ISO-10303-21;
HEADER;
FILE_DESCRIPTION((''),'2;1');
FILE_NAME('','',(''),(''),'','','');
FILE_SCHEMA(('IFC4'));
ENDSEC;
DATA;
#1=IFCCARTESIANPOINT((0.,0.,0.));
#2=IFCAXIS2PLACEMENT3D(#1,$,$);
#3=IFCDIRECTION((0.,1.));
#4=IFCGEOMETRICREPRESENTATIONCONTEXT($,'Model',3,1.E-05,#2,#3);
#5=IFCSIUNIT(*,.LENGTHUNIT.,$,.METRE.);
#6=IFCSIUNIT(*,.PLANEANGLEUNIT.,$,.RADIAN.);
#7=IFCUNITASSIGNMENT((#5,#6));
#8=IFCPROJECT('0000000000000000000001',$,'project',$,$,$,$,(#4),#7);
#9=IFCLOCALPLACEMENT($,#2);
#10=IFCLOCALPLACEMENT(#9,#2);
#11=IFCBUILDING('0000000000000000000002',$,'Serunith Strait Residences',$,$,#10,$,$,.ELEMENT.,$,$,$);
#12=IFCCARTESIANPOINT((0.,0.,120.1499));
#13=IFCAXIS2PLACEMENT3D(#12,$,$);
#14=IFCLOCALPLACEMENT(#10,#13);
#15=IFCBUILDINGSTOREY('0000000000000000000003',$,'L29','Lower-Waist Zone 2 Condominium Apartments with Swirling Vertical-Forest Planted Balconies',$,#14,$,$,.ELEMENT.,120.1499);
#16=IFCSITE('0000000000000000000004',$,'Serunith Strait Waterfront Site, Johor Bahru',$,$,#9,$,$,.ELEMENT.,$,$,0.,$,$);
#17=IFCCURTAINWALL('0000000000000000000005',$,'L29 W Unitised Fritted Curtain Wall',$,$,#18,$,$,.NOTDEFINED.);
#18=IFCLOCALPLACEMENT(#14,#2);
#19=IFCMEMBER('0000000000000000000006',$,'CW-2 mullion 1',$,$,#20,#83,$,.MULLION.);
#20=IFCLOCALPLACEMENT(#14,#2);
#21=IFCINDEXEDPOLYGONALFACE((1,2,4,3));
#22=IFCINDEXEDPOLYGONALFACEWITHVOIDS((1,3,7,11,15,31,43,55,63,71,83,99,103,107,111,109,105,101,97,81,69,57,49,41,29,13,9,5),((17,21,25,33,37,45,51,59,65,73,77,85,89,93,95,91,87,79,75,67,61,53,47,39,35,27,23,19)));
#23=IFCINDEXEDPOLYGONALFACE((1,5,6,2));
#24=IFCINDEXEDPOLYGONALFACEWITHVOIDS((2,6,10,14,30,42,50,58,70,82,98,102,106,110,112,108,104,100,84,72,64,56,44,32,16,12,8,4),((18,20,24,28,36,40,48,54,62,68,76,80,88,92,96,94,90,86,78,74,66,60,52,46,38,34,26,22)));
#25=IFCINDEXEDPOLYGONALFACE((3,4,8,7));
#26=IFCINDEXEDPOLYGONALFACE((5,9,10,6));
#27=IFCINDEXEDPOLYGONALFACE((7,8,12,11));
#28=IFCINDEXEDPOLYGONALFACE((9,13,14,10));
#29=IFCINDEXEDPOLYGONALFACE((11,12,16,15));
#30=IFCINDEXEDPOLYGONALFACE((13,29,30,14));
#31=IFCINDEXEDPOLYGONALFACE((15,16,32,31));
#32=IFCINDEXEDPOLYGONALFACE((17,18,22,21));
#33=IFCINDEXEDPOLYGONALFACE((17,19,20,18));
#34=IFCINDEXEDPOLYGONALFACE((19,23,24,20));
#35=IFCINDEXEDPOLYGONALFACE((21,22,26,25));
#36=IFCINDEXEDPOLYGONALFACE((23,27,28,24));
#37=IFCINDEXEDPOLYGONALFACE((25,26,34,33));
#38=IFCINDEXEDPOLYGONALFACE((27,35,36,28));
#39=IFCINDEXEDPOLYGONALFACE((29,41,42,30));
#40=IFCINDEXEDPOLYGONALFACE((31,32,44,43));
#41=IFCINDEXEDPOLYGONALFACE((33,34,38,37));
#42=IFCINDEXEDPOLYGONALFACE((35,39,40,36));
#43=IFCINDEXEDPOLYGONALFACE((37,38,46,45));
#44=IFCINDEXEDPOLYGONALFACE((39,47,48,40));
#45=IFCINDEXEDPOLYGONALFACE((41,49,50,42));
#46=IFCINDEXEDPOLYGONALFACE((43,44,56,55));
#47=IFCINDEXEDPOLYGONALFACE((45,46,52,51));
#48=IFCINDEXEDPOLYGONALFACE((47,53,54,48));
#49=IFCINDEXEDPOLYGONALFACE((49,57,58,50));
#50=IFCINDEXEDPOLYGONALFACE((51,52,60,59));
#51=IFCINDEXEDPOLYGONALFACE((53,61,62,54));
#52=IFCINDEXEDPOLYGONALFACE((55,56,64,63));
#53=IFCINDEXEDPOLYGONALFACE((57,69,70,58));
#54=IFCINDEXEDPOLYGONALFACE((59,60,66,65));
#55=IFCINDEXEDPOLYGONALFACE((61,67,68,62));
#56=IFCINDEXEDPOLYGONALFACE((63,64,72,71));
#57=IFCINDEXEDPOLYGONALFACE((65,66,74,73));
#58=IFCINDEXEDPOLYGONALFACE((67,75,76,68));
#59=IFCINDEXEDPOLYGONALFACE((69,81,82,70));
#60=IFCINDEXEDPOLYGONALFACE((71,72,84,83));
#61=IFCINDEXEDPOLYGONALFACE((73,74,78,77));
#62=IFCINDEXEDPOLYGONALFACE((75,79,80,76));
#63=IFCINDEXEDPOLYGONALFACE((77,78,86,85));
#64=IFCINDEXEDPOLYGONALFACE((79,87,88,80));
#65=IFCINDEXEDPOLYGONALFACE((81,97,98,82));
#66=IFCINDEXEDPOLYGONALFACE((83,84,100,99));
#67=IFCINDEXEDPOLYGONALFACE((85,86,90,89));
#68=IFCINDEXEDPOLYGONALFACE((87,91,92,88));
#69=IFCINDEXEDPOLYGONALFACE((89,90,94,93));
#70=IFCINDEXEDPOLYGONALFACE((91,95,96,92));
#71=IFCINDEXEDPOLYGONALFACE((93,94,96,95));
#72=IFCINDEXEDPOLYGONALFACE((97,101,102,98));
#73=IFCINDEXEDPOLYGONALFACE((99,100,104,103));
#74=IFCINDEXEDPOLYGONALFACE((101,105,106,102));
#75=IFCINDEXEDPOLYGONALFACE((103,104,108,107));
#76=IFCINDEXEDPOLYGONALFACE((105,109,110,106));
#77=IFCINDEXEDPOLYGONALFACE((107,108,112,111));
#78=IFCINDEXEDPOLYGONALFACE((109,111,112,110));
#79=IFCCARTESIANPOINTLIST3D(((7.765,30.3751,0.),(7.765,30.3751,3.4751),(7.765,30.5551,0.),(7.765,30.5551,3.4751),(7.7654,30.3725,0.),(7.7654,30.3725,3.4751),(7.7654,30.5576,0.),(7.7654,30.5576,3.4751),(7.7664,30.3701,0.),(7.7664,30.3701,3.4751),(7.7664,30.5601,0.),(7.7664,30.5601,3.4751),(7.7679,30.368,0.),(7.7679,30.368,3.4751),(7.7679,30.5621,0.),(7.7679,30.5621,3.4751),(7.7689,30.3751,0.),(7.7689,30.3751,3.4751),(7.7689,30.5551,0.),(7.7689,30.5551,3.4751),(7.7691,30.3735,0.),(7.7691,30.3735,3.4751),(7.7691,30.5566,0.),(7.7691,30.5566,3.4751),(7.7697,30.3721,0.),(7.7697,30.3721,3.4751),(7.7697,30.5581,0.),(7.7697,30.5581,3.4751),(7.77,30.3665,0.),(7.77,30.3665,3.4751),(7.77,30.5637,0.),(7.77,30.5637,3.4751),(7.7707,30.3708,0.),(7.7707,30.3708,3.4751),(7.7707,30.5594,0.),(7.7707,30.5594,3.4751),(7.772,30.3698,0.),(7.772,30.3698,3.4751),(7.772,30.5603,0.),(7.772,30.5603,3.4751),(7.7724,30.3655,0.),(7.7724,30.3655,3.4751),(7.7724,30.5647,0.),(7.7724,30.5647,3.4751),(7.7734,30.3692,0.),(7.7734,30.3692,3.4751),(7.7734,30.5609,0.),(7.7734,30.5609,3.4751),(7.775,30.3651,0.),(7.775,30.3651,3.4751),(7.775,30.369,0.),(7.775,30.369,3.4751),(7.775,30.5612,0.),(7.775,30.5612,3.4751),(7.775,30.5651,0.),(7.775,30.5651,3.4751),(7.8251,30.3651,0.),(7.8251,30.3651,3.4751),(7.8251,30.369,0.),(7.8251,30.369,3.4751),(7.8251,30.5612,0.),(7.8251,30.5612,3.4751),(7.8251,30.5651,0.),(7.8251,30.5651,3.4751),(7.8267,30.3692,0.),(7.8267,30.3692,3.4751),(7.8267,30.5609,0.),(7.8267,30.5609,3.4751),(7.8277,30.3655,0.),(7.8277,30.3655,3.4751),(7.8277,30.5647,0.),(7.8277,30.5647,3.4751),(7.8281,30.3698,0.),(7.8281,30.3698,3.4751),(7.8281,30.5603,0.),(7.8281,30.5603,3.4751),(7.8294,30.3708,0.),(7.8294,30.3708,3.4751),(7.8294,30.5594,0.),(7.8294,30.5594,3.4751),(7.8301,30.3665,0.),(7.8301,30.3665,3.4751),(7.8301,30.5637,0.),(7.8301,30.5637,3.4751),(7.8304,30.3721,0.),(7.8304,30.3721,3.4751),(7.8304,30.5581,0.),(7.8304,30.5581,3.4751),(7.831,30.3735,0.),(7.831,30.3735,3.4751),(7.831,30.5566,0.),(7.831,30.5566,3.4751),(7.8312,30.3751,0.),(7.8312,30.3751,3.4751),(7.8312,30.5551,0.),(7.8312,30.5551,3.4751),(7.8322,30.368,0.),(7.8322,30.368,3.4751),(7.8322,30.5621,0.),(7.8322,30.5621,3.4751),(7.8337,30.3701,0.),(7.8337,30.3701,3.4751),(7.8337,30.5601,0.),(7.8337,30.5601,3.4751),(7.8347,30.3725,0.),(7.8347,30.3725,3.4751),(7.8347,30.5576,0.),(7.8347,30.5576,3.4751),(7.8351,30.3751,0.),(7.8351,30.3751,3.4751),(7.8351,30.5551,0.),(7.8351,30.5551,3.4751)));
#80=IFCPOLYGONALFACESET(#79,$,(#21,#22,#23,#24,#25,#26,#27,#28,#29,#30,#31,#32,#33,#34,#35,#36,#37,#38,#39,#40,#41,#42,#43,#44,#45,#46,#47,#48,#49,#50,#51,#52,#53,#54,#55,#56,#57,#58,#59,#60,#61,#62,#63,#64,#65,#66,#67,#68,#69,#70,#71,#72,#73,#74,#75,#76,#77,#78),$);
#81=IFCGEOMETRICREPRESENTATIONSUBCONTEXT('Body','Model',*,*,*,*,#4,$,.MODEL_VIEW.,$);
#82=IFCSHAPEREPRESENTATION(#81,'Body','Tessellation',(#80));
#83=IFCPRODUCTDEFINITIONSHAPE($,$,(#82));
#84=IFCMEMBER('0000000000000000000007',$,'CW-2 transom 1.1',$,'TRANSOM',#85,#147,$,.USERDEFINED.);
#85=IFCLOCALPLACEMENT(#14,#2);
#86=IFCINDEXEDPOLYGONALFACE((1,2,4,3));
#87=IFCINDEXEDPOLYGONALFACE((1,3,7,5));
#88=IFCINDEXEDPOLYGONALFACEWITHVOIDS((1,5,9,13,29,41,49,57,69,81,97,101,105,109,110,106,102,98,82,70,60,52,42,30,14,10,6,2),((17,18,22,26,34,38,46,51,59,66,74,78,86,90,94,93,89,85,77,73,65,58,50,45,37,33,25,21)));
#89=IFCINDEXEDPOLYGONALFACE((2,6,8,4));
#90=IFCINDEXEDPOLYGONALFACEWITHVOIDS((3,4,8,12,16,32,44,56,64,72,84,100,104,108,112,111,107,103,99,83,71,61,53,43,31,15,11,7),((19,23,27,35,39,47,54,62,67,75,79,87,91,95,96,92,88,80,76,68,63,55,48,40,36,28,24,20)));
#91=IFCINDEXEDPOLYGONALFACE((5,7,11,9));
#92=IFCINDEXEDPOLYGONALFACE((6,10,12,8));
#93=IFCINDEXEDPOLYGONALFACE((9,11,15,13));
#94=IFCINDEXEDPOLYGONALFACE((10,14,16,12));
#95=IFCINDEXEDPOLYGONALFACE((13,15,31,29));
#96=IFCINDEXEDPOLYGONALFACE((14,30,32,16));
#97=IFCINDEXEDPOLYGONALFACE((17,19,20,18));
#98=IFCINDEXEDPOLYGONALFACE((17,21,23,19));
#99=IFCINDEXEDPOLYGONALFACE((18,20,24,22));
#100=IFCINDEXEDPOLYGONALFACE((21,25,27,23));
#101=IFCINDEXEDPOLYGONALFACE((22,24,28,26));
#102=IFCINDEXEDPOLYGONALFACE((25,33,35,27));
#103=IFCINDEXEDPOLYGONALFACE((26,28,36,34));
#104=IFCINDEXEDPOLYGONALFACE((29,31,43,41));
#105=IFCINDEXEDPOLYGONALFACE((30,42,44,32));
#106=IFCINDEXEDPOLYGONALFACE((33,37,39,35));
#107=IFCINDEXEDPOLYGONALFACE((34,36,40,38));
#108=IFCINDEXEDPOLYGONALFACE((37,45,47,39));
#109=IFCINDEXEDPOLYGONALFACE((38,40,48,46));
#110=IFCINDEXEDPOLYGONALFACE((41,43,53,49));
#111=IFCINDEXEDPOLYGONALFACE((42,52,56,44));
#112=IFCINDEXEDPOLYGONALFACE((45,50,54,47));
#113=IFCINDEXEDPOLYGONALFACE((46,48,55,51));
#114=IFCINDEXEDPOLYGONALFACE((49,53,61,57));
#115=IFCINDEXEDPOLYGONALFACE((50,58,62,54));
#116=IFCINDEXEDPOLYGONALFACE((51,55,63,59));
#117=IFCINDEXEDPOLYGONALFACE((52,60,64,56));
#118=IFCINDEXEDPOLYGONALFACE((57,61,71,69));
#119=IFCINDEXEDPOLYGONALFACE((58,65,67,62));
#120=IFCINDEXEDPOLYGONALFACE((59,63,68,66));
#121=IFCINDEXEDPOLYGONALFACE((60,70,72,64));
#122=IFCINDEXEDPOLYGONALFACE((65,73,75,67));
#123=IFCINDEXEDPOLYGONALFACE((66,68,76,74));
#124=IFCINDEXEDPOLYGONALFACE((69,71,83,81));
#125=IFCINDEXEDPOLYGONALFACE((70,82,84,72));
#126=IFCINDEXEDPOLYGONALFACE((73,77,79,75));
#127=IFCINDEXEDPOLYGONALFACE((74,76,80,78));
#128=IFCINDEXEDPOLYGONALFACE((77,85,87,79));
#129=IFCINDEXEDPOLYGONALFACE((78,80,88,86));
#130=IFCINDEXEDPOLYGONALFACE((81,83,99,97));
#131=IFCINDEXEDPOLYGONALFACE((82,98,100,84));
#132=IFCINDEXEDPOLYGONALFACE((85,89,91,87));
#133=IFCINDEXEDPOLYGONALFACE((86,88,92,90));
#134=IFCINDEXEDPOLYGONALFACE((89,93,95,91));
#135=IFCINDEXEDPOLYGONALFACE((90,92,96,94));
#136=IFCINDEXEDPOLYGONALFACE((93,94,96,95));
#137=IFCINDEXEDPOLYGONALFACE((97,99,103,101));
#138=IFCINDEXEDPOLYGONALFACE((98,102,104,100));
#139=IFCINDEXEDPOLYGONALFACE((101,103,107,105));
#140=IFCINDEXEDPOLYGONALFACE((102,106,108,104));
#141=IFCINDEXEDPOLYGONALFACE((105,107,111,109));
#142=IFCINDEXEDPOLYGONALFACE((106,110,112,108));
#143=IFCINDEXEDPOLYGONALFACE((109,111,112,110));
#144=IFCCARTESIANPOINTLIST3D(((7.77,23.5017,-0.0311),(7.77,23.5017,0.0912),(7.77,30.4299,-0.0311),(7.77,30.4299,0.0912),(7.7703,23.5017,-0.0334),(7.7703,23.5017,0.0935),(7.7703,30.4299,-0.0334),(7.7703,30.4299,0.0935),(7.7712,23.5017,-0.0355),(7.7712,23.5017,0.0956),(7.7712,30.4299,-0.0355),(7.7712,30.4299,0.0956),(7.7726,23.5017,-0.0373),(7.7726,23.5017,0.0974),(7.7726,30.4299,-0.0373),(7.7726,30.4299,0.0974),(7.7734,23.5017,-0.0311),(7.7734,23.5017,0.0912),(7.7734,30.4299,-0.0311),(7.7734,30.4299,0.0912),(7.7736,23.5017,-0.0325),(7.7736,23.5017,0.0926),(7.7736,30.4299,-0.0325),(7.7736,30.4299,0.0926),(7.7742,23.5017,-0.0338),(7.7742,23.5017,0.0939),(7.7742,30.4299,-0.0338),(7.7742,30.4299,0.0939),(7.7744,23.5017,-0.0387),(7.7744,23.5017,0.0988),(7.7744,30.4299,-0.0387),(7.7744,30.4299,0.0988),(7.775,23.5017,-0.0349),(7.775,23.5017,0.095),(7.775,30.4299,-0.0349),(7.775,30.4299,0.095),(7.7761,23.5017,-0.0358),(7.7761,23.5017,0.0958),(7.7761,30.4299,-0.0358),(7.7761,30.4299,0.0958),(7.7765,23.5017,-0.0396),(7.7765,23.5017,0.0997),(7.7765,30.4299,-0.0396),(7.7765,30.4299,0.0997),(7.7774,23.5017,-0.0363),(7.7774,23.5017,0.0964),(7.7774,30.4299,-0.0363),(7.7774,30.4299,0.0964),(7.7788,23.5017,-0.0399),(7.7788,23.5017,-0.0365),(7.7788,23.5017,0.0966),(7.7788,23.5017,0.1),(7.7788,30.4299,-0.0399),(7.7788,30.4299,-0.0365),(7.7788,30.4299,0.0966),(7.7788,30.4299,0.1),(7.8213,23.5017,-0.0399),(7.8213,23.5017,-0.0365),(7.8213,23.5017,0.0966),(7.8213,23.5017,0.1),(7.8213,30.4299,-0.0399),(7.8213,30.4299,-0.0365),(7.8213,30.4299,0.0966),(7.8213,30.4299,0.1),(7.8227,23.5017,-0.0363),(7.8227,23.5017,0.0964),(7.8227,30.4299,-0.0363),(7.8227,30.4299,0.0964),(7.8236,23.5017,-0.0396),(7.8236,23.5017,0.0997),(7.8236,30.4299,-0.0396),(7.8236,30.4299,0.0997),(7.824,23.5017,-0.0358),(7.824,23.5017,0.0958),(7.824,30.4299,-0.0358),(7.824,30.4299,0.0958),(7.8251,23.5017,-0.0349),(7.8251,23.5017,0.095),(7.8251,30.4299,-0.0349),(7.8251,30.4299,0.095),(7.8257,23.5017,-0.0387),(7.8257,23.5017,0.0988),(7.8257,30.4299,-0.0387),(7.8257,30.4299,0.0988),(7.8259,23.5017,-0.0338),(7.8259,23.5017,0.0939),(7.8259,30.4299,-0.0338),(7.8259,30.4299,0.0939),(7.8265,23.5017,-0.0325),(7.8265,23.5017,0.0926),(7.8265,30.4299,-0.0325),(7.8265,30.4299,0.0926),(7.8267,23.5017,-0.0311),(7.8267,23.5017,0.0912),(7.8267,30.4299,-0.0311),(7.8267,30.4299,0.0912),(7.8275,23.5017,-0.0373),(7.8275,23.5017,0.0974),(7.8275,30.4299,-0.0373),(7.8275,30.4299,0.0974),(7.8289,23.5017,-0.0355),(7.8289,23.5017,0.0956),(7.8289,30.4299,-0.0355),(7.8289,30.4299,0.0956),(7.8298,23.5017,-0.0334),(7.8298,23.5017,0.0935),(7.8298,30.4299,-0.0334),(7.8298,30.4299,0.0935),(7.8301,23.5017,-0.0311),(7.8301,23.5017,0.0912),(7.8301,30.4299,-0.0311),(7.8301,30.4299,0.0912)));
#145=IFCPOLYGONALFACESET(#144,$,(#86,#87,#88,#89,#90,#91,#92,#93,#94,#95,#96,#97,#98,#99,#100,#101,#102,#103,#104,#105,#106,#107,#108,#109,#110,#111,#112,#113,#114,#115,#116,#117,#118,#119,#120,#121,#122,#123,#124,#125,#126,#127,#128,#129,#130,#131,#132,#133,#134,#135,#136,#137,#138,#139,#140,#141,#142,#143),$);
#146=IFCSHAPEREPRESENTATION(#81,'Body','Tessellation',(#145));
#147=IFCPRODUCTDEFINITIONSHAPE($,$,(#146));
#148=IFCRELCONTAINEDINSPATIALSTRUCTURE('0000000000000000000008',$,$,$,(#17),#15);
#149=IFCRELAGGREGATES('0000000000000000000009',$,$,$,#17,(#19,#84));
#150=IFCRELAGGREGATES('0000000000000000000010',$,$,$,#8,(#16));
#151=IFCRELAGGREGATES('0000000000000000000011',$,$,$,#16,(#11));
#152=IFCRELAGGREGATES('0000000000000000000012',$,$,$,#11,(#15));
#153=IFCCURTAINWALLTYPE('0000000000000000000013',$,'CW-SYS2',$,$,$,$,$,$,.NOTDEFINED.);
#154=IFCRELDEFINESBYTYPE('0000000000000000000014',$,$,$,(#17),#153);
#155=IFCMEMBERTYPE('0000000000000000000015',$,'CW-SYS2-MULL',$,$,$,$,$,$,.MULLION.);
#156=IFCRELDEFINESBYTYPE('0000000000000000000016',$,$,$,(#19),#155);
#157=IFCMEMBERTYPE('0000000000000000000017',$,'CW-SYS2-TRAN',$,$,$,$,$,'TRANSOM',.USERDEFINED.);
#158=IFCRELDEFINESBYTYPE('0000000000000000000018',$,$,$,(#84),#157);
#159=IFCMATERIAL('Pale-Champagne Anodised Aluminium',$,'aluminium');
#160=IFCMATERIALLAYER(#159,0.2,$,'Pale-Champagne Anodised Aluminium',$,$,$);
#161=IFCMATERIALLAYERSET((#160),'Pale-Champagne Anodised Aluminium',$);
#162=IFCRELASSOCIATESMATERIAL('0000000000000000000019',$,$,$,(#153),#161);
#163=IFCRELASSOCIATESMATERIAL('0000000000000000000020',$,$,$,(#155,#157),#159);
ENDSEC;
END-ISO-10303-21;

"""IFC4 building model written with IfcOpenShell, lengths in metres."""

from ifc_helpers import new_model, si_unit, direction, frame, origin, origin_2d, place, context, subcontext, project, spatial, hollow_rectangle, extrude, source, transform, mapped, material, layer, layer_set, material_profile, profile_set, type_object, element, aggregate, save


model = new_model("IFC4")

# Units and contexts
model_context = context("Model", 3, precision=1e-05, world=origin(), true_north=direction((0.0, 1.0)))
body_context = subcontext(model_context, "Body", "Model", "MODEL_VIEW")
ifc_project = project(units=[si_unit("LENGTHUNIT", "METRE"), si_unit("PLANEANGLEUNIT", "RADIAN")], contexts=[model_context])

# Site, building, storey
site_placement = place(None, origin())
site = spatial("IfcSite", under=ifc_project, at=site_placement, Name="Serunith Strait Waterfront Site, Johor Bahru", CompositionType="ELEMENT", RefElevation=0.0)
building_placement = place(site_placement, origin())
building = spatial("IfcBuilding", under=site, at=building_placement, Name="Serunith Strait Residences", CompositionType="ELEMENT")
storey_placement = place(building_placement, frame((0.0, 0.0, 120.1499)))
storey = spatial("IfcBuildingStorey", under=building, at=storey_placement, Name="L29", Description="Lower-Waist Zone 2 Condominium Apartments with Swirling Vertical-Forest Planted Balconies", CompositionType="ELEMENT", Elevation=120.1499)

# Shared definitions
ifc_material_1 = material(Name="Pale-Champagne Anodised Aluminium", Category="aluminium")
ifc_layer_1 = layer(ifc_material_1, 0.2, Name="Pale-Champagne Anodised Aluminium")
ifc_layer_set_1 = layer_set([ifc_layer_1], Name="Pale-Champagne Anodised Aluminium")
curtain_wall_type = type_object("IfcCurtainWallType", Name="CW-SYS2", PredefinedType="NOTDEFINED", material=ifc_layer_set_1)
ifc_material_profile_1 = material_profile(ifc_material_1, hollow_rectangle(XDim=0.0701, YDim=0.2, WallThickness=0.0039, InnerFilletRadius=0.0061, OuterFilletRadius=0.01, at=origin_2d()), Name="ALU 200x70x4")
ifc_profile_set_1 = profile_set([ifc_material_profile_1], Name="Pale-Champagne Anodised Aluminium")
member_type_1 = type_object("IfcMemberType", Name="CW-SYS2-MULL", PredefinedType="MULLION", material=ifc_profile_set_1)
shared_shape_1 = source(origin(), body_context, "Body", "SweptSolid", [
    extrude(hollow_rectangle(XDim=0.0701, YDim=0.2, WallThickness=0.0039, InnerFilletRadius=0.0061, OuterFilletRadius=0.01, at=origin_2d()), origin(), (0.0, 0.0, 1.0), 3.4751),
])

# Curtain wall, members
curtain_wall_1_placement = place(storey_placement, origin())
curtain_wall_1 = element("IfcCurtainWall", 1, at=curtain_wall_1_placement, inside=storey, type_object=curtain_wall_type, Name="L29 W Unitised Fritted Curtain Wall", PredefinedType="NOTDEFINED")
member_1_placement = place(storey_placement, frame((7.8, 30.4651, 0.0), z_axis=(0.0, 0.0, 1.0), x_axis=(1.0, 0.0, 0.0)))
member_1 = element("IfcMember", 2, at=member_1_placement, type_object=member_type_1, Name="CW-2 mullion 1", PredefinedType="MULLION", context=body_context, shape_type="MappedRepresentation", body=[
    mapped(shared_shape_1, transform((0.0, 0.0, 0.0), scale=1.0)),
])
ifc_material_profile_2 = material_profile(ifc_material_1, hollow_rectangle(XDim=0.0601, YDim=0.1399, WallThickness=0.0034, InnerFilletRadius=0.0054, OuterFilletRadius=0.0088, at=origin_2d()), Name="ALU 140x60x3.5")
ifc_profile_set_2 = profile_set([ifc_material_profile_2], Name="Pale-Champagne Anodised Aluminium")
member_type_2 = type_object("IfcMemberType", Name="CW-SYS2-TRAN", ElementType="TRANSOM", PredefinedType="USERDEFINED", material=ifc_profile_set_2)
shared_shape_2 = source(origin(), body_context, "Body", "SweptSolid", [
    extrude(hollow_rectangle(XDim=0.0601, YDim=0.1399, WallThickness=0.0034, InnerFilletRadius=0.0054, OuterFilletRadius=0.0088, at=origin_2d()), origin(), (0.0, 0.0, 1.0), 6.9282),
])
member_2_placement = place(storey_placement, frame((7.8, 30.4299, 0.03), z_axis=(0.0, -1.0, 0.0), x_axis=(1.0, 0.0, 0.0)))
member_2 = element("IfcMember", 3, at=member_2_placement, type_object=member_type_2, Name="CW-2 transom 1.1", ObjectType="TRANSOM", PredefinedType="USERDEFINED", context=body_context, shape_type="MappedRepresentation", body=[
    mapped(shared_shape_2, transform((0.0, 0.0, 0.0), scale=1.0)),
])
aggregate(curtain_wall_1, [member_1, member_2])

save(model, "model.ifc")
